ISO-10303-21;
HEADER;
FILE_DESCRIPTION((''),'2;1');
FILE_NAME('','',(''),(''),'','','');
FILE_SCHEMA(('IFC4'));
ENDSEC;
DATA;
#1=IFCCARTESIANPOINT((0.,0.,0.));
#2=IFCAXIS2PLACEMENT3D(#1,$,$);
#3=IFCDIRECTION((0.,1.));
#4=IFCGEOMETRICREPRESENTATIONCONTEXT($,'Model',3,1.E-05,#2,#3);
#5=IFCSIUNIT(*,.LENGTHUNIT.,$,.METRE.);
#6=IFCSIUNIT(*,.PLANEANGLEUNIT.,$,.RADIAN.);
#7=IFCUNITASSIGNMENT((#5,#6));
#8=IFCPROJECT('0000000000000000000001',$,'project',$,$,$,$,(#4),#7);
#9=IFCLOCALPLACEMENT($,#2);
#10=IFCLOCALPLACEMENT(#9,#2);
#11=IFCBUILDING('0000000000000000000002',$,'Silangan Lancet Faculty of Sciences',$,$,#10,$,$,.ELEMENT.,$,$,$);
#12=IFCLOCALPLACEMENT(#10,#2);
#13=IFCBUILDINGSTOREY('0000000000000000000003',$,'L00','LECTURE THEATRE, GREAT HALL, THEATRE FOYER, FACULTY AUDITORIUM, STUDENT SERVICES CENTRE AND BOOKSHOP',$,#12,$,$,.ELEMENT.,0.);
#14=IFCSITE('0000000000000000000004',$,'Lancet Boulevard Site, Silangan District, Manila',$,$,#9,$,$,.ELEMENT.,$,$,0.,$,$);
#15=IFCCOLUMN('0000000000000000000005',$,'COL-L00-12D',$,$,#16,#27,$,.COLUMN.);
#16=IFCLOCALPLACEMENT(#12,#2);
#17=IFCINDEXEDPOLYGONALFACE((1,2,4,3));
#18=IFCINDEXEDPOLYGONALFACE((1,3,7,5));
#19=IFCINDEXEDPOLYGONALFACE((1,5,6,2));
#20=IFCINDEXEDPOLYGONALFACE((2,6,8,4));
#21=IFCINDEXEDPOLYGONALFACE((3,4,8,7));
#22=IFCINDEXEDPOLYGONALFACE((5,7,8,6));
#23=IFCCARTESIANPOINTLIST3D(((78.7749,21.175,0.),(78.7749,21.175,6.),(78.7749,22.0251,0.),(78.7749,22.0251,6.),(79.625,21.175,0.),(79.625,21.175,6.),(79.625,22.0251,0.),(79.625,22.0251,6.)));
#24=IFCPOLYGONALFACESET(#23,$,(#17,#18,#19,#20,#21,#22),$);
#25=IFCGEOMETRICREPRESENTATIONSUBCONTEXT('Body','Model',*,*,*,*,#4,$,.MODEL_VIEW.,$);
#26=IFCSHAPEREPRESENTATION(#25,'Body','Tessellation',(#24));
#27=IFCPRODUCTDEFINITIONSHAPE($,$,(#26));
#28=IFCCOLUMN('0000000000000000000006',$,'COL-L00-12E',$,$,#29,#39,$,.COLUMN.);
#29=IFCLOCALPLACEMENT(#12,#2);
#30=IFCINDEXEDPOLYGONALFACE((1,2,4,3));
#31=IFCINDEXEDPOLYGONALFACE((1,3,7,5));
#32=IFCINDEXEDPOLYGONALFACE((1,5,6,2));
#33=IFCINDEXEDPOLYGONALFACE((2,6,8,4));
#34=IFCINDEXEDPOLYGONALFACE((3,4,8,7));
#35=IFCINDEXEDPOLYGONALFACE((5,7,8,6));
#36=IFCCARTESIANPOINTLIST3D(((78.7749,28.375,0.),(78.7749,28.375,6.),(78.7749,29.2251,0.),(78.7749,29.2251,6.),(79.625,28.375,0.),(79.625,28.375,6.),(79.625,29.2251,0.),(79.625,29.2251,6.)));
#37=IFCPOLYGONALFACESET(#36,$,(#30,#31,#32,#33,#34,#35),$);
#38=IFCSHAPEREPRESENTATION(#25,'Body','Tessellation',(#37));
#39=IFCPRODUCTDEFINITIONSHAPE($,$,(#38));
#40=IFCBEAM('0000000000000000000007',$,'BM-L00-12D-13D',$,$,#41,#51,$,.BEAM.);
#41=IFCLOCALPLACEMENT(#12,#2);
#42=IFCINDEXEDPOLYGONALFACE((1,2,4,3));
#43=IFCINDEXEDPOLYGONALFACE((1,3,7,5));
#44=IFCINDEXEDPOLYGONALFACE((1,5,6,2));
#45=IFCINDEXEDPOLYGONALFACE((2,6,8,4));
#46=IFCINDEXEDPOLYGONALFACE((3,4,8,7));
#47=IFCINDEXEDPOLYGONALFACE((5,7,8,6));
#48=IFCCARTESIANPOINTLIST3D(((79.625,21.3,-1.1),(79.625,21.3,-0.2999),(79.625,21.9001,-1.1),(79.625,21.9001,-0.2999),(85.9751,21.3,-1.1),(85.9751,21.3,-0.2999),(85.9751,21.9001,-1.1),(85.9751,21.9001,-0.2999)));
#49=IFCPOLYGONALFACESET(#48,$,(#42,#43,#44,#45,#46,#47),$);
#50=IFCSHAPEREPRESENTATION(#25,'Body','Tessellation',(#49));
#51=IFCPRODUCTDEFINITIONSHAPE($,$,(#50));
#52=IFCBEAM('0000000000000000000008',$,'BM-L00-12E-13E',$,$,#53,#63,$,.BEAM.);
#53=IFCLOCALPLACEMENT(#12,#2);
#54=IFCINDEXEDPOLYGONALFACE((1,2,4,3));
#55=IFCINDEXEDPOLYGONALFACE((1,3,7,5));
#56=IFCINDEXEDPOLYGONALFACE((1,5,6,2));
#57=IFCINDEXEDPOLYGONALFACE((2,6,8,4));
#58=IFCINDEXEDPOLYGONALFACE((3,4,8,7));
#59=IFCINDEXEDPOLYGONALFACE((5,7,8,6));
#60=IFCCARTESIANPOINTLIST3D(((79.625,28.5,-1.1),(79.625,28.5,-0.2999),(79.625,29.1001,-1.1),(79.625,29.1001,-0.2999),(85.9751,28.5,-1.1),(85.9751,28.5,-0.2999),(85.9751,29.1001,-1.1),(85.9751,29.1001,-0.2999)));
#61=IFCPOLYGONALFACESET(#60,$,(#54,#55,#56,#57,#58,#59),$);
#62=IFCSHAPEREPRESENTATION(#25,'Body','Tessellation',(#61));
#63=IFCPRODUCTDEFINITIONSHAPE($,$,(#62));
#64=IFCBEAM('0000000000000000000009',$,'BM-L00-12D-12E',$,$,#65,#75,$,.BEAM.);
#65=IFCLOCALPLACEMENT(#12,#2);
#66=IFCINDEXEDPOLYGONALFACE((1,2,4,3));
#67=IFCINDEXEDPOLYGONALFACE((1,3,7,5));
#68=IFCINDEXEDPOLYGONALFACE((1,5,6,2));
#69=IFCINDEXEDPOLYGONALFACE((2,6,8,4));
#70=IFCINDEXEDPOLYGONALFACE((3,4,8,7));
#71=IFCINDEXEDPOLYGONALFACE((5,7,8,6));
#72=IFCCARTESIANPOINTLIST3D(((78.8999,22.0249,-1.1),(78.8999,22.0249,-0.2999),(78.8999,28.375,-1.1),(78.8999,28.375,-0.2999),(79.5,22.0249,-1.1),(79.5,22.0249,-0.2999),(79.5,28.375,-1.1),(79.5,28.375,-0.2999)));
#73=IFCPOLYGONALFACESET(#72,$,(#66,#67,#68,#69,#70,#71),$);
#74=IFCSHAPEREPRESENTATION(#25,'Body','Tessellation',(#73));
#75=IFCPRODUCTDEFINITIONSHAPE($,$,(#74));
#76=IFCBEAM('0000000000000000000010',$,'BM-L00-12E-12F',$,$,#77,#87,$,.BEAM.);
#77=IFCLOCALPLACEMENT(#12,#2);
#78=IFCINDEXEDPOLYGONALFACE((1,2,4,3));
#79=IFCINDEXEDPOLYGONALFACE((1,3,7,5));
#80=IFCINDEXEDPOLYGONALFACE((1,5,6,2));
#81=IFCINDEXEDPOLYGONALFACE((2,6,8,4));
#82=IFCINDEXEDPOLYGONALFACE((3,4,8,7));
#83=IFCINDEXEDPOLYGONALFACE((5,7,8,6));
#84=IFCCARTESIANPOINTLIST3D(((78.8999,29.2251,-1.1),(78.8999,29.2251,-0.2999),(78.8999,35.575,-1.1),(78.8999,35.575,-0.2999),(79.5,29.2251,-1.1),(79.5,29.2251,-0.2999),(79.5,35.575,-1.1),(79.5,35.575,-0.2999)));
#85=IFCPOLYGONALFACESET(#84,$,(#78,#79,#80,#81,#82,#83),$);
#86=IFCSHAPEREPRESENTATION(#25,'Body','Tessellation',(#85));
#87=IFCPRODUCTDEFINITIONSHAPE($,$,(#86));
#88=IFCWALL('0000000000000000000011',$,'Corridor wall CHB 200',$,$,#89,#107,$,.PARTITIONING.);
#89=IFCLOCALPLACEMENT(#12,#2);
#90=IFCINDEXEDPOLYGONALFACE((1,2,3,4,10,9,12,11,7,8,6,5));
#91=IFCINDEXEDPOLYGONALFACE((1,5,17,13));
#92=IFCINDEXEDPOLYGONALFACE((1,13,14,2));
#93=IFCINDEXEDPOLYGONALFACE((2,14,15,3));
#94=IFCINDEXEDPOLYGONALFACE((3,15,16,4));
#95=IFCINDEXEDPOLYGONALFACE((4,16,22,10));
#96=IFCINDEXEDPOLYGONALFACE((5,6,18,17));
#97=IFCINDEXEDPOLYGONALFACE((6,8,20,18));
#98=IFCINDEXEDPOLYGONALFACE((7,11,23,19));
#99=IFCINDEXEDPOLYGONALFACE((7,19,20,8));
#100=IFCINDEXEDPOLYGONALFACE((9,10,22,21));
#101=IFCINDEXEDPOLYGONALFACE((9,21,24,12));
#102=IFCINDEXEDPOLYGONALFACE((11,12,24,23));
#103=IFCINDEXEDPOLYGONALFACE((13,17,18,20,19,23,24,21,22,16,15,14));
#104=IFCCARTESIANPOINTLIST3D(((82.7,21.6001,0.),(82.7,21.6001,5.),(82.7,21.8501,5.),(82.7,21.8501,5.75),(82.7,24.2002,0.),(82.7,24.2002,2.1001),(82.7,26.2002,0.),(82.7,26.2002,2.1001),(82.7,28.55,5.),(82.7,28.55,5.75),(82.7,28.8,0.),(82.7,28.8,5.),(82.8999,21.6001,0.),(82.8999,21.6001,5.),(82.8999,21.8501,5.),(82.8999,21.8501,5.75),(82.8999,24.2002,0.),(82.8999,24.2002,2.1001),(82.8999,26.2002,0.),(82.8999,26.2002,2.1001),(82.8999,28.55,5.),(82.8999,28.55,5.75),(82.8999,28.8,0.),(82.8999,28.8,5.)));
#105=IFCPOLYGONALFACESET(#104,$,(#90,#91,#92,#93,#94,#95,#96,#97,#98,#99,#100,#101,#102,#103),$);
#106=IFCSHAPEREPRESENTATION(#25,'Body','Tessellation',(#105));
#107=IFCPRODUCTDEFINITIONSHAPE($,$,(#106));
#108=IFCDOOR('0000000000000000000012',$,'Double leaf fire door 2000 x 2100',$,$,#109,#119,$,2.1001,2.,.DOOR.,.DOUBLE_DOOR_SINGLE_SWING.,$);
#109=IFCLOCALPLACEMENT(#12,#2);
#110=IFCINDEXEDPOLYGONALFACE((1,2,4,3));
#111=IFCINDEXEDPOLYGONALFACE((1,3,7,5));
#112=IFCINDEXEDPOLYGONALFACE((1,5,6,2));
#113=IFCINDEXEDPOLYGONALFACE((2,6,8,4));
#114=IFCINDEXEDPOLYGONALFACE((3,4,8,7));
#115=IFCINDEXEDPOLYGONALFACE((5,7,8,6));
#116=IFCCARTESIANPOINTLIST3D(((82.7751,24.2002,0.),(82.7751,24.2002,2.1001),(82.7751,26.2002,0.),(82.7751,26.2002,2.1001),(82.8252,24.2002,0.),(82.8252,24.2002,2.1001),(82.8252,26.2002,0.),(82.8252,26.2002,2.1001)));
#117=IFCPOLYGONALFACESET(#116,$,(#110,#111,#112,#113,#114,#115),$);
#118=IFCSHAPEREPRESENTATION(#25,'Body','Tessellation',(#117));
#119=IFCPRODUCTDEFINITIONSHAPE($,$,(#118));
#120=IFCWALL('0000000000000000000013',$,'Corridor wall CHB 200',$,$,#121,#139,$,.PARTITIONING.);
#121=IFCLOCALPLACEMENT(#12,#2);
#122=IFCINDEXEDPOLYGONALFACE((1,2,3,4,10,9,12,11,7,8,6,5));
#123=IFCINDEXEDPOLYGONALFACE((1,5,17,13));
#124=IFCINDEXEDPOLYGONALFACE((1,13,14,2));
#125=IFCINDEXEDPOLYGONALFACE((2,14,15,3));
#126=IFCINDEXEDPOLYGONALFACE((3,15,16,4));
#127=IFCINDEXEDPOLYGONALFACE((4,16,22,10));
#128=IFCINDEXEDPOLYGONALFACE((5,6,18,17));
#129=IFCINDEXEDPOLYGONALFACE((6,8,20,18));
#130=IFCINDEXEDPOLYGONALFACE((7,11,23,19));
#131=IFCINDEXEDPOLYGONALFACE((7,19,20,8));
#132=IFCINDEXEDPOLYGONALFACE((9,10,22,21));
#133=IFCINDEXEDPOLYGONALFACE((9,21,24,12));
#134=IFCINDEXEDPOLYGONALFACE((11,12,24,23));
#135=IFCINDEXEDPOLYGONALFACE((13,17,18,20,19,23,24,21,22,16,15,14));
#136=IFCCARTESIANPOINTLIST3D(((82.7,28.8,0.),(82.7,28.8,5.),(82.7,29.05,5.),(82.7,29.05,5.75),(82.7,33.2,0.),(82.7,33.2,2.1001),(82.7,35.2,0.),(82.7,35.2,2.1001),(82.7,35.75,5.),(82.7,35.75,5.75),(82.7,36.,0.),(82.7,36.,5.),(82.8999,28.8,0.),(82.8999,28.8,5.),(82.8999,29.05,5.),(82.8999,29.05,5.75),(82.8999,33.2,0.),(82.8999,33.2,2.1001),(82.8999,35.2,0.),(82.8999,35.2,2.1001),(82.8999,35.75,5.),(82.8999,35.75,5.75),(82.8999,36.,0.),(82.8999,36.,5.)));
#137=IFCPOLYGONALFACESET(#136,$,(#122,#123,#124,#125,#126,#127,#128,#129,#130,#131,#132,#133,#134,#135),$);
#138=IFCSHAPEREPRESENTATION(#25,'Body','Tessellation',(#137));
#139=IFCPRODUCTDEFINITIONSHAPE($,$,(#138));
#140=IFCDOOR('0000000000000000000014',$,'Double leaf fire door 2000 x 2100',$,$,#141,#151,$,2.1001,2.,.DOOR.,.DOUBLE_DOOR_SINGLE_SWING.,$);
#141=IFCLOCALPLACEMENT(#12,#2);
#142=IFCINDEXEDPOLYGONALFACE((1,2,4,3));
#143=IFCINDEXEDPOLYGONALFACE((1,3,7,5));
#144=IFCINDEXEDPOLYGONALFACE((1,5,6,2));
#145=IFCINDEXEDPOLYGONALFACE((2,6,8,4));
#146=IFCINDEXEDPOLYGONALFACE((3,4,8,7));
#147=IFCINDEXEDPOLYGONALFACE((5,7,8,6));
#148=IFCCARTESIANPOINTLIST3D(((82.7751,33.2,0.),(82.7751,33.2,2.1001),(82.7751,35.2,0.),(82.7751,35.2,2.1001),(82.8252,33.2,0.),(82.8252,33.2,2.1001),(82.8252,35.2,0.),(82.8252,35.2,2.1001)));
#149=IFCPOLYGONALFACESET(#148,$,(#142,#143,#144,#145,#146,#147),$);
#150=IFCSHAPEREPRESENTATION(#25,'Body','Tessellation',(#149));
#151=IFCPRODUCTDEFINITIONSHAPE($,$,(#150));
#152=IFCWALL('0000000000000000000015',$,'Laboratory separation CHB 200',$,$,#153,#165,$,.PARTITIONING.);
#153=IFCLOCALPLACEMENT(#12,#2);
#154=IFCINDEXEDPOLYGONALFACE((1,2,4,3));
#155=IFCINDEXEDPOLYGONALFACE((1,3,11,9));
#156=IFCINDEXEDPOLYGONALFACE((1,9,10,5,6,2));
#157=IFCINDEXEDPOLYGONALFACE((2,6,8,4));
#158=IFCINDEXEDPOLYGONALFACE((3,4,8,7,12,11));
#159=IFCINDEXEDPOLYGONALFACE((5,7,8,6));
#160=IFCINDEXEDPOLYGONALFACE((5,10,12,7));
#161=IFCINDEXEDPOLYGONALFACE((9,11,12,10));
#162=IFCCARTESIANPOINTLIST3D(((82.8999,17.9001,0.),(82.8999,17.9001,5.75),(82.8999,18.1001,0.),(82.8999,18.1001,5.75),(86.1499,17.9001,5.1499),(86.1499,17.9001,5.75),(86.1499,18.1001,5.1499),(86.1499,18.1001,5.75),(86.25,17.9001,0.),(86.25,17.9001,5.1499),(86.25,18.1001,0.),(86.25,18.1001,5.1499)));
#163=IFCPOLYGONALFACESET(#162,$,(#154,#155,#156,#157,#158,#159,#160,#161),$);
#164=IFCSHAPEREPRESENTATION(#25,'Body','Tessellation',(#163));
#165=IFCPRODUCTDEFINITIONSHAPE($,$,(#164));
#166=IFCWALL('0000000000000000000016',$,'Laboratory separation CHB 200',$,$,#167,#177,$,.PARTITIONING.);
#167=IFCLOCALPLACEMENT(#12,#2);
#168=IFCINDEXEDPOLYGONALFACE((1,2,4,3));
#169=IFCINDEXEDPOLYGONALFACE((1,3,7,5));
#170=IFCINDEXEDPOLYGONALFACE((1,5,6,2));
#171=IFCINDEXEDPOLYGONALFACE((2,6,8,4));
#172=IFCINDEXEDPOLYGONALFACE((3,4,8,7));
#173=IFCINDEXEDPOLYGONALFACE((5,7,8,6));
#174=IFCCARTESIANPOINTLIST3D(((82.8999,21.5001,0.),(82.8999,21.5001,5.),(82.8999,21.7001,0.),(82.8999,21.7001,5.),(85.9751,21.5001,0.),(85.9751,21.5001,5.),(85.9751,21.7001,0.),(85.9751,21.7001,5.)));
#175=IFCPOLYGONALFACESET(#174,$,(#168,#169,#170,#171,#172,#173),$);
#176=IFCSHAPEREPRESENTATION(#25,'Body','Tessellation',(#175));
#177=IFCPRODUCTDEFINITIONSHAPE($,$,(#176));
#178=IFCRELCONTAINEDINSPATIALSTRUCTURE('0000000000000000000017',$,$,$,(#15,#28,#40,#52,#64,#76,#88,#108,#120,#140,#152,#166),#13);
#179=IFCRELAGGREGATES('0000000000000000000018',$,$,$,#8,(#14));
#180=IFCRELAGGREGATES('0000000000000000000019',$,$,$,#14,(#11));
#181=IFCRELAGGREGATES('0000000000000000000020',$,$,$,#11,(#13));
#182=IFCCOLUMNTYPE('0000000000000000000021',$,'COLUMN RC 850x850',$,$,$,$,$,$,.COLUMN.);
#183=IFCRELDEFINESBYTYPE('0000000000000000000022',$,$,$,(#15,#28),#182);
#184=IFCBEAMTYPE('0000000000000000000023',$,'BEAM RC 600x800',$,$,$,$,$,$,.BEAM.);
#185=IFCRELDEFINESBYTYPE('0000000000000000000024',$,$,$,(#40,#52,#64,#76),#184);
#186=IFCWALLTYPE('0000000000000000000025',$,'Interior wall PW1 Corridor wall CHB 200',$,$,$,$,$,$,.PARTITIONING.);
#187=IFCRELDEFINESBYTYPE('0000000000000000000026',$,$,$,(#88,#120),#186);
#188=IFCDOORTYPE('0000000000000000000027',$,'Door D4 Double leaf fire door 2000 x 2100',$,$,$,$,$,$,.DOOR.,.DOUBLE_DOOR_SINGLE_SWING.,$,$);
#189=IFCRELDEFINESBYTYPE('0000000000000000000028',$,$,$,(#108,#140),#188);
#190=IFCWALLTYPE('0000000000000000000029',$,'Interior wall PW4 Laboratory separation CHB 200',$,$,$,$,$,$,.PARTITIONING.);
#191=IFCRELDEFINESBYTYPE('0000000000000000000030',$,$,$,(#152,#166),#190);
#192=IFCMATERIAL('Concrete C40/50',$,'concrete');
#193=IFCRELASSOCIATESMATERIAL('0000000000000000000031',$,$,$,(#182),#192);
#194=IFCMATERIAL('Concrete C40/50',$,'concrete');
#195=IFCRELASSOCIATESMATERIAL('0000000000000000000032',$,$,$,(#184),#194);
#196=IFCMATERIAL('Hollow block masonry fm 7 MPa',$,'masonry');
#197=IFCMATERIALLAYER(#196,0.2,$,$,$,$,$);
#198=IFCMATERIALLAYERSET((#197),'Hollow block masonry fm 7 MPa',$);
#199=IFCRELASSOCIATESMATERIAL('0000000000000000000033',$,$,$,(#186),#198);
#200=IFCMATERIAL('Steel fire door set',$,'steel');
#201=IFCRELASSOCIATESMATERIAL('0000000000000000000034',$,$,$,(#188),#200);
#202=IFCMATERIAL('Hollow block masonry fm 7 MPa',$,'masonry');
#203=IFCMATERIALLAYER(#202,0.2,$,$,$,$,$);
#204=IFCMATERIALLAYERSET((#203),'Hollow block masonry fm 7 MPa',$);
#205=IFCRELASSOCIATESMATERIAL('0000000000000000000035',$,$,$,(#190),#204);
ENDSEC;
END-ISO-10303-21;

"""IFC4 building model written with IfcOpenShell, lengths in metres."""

from ifc_helpers import new_model, si_unit, direction, frame, frame_2d, origin, origin_2d, place, context, subcontext, project, spatial, polyline, rectangle, outline, extrude, material, layer, layer_set, material_profile, profile_set, type_object, element, fill, save


model = new_model("IFC4")

# Units and contexts
model_context = context("Model", 3, precision=1e-05, world=origin(), true_north=direction((0.0, 1.0)))
body_context = subcontext(model_context, "Body", "Model", "MODEL_VIEW")
ifc_project = project(units=[si_unit("LENGTHUNIT", "METRE"), si_unit("PLANEANGLEUNIT", "RADIAN")], contexts=[model_context])

# Site, building, storey
site_placement = place(None, origin())
site = spatial("IfcSite", under=ifc_project, at=site_placement, Name="Lancet Boulevard Site, Silangan District, Manila", CompositionType="ELEMENT", RefElevation=0.0)
building_placement = place(site_placement, origin())
building = spatial("IfcBuilding", under=site, at=building_placement, Name="Silangan Lancet Faculty of Sciences", CompositionType="ELEMENT")
storey_placement = place(building_placement, origin())
storey = spatial("IfcBuildingStorey", under=building, at=storey_placement, Name="L00", Description="LECTURE THEATRE, GREAT HALL, THEATRE FOYER, FACULTY AUDITORIUM, STUDENT SERVICES CENTRE AND BOOKSHOP", CompositionType="ELEMENT", Elevation=0.0)

# Columns
ifc_material_1 = material(Name="Concrete C40/50", Category="concrete")
ifc_material_profile_1 = material_profile(ifc_material_1, rectangle(XDim=0.8501, YDim=0.8501, at=origin_2d()), Name="RC 850x850")
ifc_profile_set_1 = profile_set([ifc_material_profile_1], Name="Concrete C40/50")
column_type = type_object("IfcColumnType", Name="COLUMN RC 850x850", PredefinedType="COLUMN", material=ifc_profile_set_1)
for number, where, z_axis, x_axis, name in (
    (1, (79.2, 21.6001, 0.0), (0.0, 0.0, 1.0), (1.0, 0.0, 0.0), "COL-L00-12D"),
    (2, (79.2, 28.8, 0.0), (0.0, 0.0, 1.0), (1.0, 0.0, 0.0), "COL-L00-12E"),
):
    element("IfcColumn", number, at=place(storey_placement, frame(where, z_axis=z_axis, x_axis=x_axis)), inside=storey, type_object=column_type, Name=name, PredefinedType="COLUMN", context=body_context, shape_type="SweptSolid", body=[
        extrude(rectangle(XDim=0.8501, YDim=0.8501, at=origin_2d()), origin(), (0.0, 0.0, 1.0), 6.0),
    ])

# Beams
ifc_material_2 = material(Name="Concrete C40/50", Category="concrete")
ifc_material_profile_2 = material_profile(ifc_material_2, rectangle(XDim=0.6001, YDim=0.8, at=origin_2d()), Name="RC 600x800")
ifc_profile_set_2 = profile_set([ifc_material_profile_2], Name="Concrete C40/50")
beam_type = type_object("IfcBeamType", Name="BEAM RC 600x800", PredefinedType="BEAM", material=ifc_profile_set_2)
for number, where, z_axis, x_axis, name in (
    (3, (79.625, 21.6001, -0.7), (1.0, 0.0, 0.0), (0.0, 1.0, 0.0), "BM-L00-12D-13D"),
    (4, (79.625, 28.8, -0.7), (1.0, 0.0, 0.0), (0.0, 1.0, 0.0), "BM-L00-12E-13E"),
    (5, (79.2, 22.0249, -0.7), (0.0, 1.0, 0.0), (-1.0, 0.0, 0.0), "BM-L00-12D-12E"),
):
    element("IfcBeam", number, at=place(storey_placement, frame(where, z_axis=z_axis, x_axis=x_axis)), inside=storey, type_object=beam_type, Name=name, PredefinedType="BEAM", context=body_context, shape_type="SweptSolid", body=[
        extrude(rectangle(XDim=0.6001, YDim=0.8, at=origin_2d()), origin(), (0.0, 0.0, 1.0), 6.3501),
    ])
beam_placement = place(storey_placement, frame((79.2, 29.2251, -0.7), z_axis=(0.0, 1.0, 0.0), x_axis=(-1.0, 0.0, 0.0)))
element("IfcBeam", 6, at=beam_placement, inside=storey, type_object=beam_type, Name="BM-L00-12E-12F", PredefinedType="BEAM", context=body_context, shape_type="SweptSolid", body=[
    extrude(rectangle(XDim=0.6001, YDim=0.8, at=origin_2d()), origin(), (0.0, 0.0, 1.0), 6.3499),
])

# Walls, openings, doors
ifc_material_3 = material(Name="Hollow block masonry fm 7 MPa", Category="masonry")
ifc_layer_1 = layer(ifc_material_3, 0.2)
ifc_layer_set_1 = layer_set([ifc_layer_1], Name="Hollow block masonry fm 7 MPa")
wall_type_1 = type_object("IfcWallType", Name="Interior wall PW1 Corridor wall CHB 200", PredefinedType="PARTITIONING", material=ifc_layer_set_1)
wall_1_placement = place(storey_placement, frame((82.8, 21.6001, 0.0), z_axis=(0.0, 0.0, 1.0), x_axis=(0.0, 1.0, 0.0)))
wall_1 = element("IfcWall", 7, at=wall_1_placement, inside=storey, type_object=wall_type_1, Name="Corridor wall CHB 200", PredefinedType="PARTITIONING", context=body_context, shape_type="SweptSolid", body=[
    extrude(outline(polyline([(0.0, 0.0), (7.2, 0.0), (7.2, 5.0), (6.95, 5.0), (6.95, 5.75), (0.25, 5.75), (0.25, 5.0), (0.0, 5.0), (0.0, 0.0)])), frame((0.0, 0.1001, 0.0), z_axis=(0.0, -1.0, 0.0), x_axis=(1.0, 0.0, 0.0)), (0.0, 0.0, 1.0), 0.2),
])
opening_1_placement = place(wall_1_placement, frame((2.6001, 0.0, 0.0)))
opening_1 = element("IfcOpeningElement", 8, at=opening_1_placement, cuts=wall_1, PredefinedType="OPENING", context=body_context, shape_type="SweptSolid", body=[
    extrude(rectangle(XDim=2.0, YDim=2.1001, at=frame_2d((1.0, 1.05))), frame((0.0, 0.1099, 0.0), z_axis=(0.0, -1.0, 0.0), x_axis=(1.0, 0.0, 0.0)), (0.0, 0.0, 1.0), 0.22),
])
ifc_material_4 = material(Name="Steel fire door set", Category="steel")
door_type_1 = type_object("IfcDoorType", Name="Door D4 Double leaf fire door 2000 x 2100", OperationType="DOUBLE_DOOR_SINGLE_SWING", PredefinedType="DOOR", material=ifc_material_4)
door_1_placement = place(opening_1_placement, origin())
door_1 = element("IfcDoor", 9, at=door_1_placement, inside=storey, type_object=door_type_1, Name="Double leaf fire door 2000 x 2100", OperationType="DOUBLE_DOOR_SINGLE_SWING", OverallHeight=2.1001, OverallWidth=2.0, PredefinedType="DOOR", context=body_context, shape_type="SweptSolid", body=[
    extrude(rectangle(XDim=2.0, YDim=2.1001, at=frame_2d((1.0, 1.05))), frame((0.0, 0.0249, 0.0), z_axis=(0.0, -1.0, 0.0), x_axis=(1.0, 0.0, 0.0)), (0.0, 0.0, 1.0), 0.05),
])
fill(opening_1, door_1)
wall_2_placement = place(storey_placement, frame((82.8, 28.8, 0.0), z_axis=(0.0, 0.0, 1.0), x_axis=(0.0, 1.0, 0.0)))
wall_2 = element("IfcWall", 10, at=wall_2_placement, inside=storey, type_object=wall_type_1, Name="Corridor wall CHB 200", PredefinedType="PARTITIONING", context=body_context, shape_type="SweptSolid", body=[
    extrude(outline(polyline([(0.0, 0.0), (7.2, 0.0), (7.2, 5.0), (6.95, 5.0), (6.95, 5.75), (0.25, 5.75), (0.25, 5.0), (0.0, 5.0), (0.0, 0.0)])), frame((0.0, 0.1001, 0.0), z_axis=(0.0, -1.0, 0.0), x_axis=(1.0, 0.0, 0.0)), (0.0, 0.0, 1.0), 0.2),
])
opening_2_placement = place(wall_2_placement, frame((4.3999, 0.0, 0.0)))
opening_2 = element("IfcOpeningElement", 11, at=opening_2_placement, cuts=wall_2, PredefinedType="OPENING", context=body_context, shape_type="SweptSolid", body=[
    extrude(rectangle(XDim=2.0, YDim=2.1001, at=frame_2d((1.0, 1.05))), frame((0.0, 0.1099, 0.0), z_axis=(0.0, -1.0, 0.0), x_axis=(1.0, 0.0, 0.0)), (0.0, 0.0, 1.0), 0.22),
])
door_2_placement = place(opening_2_placement, origin())
door_2 = element("IfcDoor", 12, at=door_2_placement, inside=storey, type_object=door_type_1, Name="Double leaf fire door 2000 x 2100", OperationType="DOUBLE_DOOR_SINGLE_SWING", OverallHeight=2.1001, OverallWidth=2.0, PredefinedType="DOOR", context=body_context, shape_type="SweptSolid", body=[
    extrude(rectangle(XDim=2.0, YDim=2.1001, at=frame_2d((1.0, 1.05))), frame((0.0, 0.0249, 0.0), z_axis=(0.0, -1.0, 0.0), x_axis=(1.0, 0.0, 0.0)), (0.0, 0.0, 1.0), 0.05),
])
fill(opening_2, door_2)

# Walls
ifc_material_5 = material(Name="Hollow block masonry fm 7 MPa", Category="masonry")
ifc_layer_2 = layer(ifc_material_5, 0.2)
ifc_layer_set_2 = layer_set([ifc_layer_2], Name="Hollow block masonry fm 7 MPa")
wall_type_2 = type_object("IfcWallType", Name="Interior wall PW4 Laboratory separation CHB 200", PredefinedType="PARTITIONING", material=ifc_layer_set_2)
wall_3_placement = place(storey_placement, frame((82.8999, 18.0, 0.0), z_axis=(0.0, 0.0, 1.0), x_axis=(1.0, 0.0, 0.0)))
element("IfcWall", 13, at=wall_3_placement, inside=storey, type_object=wall_type_2, Name="Laboratory separation CHB 200", PredefinedType="PARTITIONING", context=body_context, shape_type="SweptSolid", body=[
    extrude(outline(polyline([(0.0, 0.0), (3.3501, 0.0), (3.3501, 5.1499), (3.25, 5.1499), (3.25, 5.75), (0.0, 5.75), (0.0, 0.0)])), frame((0.0, 0.1001, 0.0), z_axis=(0.0, -1.0, 0.0), x_axis=(1.0, 0.0, 0.0)), (0.0, 0.0, 1.0), 0.2),
])
wall_4_placement = place(storey_placement, frame((82.8999, 21.6001, 0.0), z_axis=(0.0, 0.0, 1.0), x_axis=(1.0, 0.0, 0.0)))
element("IfcWall", 14, at=wall_4_placement, inside=storey, type_object=wall_type_2, Name="Laboratory separation CHB 200", PredefinedType="PARTITIONING", context=body_context, shape_type="SweptSolid", body=[
    extrude(rectangle(XDim=3.0752, YDim=0.2, at=frame_2d((1.5376, 0.0))), origin(), (0.0, 0.0, 1.0), 5.0),
])

save(model, "model.ifc")
